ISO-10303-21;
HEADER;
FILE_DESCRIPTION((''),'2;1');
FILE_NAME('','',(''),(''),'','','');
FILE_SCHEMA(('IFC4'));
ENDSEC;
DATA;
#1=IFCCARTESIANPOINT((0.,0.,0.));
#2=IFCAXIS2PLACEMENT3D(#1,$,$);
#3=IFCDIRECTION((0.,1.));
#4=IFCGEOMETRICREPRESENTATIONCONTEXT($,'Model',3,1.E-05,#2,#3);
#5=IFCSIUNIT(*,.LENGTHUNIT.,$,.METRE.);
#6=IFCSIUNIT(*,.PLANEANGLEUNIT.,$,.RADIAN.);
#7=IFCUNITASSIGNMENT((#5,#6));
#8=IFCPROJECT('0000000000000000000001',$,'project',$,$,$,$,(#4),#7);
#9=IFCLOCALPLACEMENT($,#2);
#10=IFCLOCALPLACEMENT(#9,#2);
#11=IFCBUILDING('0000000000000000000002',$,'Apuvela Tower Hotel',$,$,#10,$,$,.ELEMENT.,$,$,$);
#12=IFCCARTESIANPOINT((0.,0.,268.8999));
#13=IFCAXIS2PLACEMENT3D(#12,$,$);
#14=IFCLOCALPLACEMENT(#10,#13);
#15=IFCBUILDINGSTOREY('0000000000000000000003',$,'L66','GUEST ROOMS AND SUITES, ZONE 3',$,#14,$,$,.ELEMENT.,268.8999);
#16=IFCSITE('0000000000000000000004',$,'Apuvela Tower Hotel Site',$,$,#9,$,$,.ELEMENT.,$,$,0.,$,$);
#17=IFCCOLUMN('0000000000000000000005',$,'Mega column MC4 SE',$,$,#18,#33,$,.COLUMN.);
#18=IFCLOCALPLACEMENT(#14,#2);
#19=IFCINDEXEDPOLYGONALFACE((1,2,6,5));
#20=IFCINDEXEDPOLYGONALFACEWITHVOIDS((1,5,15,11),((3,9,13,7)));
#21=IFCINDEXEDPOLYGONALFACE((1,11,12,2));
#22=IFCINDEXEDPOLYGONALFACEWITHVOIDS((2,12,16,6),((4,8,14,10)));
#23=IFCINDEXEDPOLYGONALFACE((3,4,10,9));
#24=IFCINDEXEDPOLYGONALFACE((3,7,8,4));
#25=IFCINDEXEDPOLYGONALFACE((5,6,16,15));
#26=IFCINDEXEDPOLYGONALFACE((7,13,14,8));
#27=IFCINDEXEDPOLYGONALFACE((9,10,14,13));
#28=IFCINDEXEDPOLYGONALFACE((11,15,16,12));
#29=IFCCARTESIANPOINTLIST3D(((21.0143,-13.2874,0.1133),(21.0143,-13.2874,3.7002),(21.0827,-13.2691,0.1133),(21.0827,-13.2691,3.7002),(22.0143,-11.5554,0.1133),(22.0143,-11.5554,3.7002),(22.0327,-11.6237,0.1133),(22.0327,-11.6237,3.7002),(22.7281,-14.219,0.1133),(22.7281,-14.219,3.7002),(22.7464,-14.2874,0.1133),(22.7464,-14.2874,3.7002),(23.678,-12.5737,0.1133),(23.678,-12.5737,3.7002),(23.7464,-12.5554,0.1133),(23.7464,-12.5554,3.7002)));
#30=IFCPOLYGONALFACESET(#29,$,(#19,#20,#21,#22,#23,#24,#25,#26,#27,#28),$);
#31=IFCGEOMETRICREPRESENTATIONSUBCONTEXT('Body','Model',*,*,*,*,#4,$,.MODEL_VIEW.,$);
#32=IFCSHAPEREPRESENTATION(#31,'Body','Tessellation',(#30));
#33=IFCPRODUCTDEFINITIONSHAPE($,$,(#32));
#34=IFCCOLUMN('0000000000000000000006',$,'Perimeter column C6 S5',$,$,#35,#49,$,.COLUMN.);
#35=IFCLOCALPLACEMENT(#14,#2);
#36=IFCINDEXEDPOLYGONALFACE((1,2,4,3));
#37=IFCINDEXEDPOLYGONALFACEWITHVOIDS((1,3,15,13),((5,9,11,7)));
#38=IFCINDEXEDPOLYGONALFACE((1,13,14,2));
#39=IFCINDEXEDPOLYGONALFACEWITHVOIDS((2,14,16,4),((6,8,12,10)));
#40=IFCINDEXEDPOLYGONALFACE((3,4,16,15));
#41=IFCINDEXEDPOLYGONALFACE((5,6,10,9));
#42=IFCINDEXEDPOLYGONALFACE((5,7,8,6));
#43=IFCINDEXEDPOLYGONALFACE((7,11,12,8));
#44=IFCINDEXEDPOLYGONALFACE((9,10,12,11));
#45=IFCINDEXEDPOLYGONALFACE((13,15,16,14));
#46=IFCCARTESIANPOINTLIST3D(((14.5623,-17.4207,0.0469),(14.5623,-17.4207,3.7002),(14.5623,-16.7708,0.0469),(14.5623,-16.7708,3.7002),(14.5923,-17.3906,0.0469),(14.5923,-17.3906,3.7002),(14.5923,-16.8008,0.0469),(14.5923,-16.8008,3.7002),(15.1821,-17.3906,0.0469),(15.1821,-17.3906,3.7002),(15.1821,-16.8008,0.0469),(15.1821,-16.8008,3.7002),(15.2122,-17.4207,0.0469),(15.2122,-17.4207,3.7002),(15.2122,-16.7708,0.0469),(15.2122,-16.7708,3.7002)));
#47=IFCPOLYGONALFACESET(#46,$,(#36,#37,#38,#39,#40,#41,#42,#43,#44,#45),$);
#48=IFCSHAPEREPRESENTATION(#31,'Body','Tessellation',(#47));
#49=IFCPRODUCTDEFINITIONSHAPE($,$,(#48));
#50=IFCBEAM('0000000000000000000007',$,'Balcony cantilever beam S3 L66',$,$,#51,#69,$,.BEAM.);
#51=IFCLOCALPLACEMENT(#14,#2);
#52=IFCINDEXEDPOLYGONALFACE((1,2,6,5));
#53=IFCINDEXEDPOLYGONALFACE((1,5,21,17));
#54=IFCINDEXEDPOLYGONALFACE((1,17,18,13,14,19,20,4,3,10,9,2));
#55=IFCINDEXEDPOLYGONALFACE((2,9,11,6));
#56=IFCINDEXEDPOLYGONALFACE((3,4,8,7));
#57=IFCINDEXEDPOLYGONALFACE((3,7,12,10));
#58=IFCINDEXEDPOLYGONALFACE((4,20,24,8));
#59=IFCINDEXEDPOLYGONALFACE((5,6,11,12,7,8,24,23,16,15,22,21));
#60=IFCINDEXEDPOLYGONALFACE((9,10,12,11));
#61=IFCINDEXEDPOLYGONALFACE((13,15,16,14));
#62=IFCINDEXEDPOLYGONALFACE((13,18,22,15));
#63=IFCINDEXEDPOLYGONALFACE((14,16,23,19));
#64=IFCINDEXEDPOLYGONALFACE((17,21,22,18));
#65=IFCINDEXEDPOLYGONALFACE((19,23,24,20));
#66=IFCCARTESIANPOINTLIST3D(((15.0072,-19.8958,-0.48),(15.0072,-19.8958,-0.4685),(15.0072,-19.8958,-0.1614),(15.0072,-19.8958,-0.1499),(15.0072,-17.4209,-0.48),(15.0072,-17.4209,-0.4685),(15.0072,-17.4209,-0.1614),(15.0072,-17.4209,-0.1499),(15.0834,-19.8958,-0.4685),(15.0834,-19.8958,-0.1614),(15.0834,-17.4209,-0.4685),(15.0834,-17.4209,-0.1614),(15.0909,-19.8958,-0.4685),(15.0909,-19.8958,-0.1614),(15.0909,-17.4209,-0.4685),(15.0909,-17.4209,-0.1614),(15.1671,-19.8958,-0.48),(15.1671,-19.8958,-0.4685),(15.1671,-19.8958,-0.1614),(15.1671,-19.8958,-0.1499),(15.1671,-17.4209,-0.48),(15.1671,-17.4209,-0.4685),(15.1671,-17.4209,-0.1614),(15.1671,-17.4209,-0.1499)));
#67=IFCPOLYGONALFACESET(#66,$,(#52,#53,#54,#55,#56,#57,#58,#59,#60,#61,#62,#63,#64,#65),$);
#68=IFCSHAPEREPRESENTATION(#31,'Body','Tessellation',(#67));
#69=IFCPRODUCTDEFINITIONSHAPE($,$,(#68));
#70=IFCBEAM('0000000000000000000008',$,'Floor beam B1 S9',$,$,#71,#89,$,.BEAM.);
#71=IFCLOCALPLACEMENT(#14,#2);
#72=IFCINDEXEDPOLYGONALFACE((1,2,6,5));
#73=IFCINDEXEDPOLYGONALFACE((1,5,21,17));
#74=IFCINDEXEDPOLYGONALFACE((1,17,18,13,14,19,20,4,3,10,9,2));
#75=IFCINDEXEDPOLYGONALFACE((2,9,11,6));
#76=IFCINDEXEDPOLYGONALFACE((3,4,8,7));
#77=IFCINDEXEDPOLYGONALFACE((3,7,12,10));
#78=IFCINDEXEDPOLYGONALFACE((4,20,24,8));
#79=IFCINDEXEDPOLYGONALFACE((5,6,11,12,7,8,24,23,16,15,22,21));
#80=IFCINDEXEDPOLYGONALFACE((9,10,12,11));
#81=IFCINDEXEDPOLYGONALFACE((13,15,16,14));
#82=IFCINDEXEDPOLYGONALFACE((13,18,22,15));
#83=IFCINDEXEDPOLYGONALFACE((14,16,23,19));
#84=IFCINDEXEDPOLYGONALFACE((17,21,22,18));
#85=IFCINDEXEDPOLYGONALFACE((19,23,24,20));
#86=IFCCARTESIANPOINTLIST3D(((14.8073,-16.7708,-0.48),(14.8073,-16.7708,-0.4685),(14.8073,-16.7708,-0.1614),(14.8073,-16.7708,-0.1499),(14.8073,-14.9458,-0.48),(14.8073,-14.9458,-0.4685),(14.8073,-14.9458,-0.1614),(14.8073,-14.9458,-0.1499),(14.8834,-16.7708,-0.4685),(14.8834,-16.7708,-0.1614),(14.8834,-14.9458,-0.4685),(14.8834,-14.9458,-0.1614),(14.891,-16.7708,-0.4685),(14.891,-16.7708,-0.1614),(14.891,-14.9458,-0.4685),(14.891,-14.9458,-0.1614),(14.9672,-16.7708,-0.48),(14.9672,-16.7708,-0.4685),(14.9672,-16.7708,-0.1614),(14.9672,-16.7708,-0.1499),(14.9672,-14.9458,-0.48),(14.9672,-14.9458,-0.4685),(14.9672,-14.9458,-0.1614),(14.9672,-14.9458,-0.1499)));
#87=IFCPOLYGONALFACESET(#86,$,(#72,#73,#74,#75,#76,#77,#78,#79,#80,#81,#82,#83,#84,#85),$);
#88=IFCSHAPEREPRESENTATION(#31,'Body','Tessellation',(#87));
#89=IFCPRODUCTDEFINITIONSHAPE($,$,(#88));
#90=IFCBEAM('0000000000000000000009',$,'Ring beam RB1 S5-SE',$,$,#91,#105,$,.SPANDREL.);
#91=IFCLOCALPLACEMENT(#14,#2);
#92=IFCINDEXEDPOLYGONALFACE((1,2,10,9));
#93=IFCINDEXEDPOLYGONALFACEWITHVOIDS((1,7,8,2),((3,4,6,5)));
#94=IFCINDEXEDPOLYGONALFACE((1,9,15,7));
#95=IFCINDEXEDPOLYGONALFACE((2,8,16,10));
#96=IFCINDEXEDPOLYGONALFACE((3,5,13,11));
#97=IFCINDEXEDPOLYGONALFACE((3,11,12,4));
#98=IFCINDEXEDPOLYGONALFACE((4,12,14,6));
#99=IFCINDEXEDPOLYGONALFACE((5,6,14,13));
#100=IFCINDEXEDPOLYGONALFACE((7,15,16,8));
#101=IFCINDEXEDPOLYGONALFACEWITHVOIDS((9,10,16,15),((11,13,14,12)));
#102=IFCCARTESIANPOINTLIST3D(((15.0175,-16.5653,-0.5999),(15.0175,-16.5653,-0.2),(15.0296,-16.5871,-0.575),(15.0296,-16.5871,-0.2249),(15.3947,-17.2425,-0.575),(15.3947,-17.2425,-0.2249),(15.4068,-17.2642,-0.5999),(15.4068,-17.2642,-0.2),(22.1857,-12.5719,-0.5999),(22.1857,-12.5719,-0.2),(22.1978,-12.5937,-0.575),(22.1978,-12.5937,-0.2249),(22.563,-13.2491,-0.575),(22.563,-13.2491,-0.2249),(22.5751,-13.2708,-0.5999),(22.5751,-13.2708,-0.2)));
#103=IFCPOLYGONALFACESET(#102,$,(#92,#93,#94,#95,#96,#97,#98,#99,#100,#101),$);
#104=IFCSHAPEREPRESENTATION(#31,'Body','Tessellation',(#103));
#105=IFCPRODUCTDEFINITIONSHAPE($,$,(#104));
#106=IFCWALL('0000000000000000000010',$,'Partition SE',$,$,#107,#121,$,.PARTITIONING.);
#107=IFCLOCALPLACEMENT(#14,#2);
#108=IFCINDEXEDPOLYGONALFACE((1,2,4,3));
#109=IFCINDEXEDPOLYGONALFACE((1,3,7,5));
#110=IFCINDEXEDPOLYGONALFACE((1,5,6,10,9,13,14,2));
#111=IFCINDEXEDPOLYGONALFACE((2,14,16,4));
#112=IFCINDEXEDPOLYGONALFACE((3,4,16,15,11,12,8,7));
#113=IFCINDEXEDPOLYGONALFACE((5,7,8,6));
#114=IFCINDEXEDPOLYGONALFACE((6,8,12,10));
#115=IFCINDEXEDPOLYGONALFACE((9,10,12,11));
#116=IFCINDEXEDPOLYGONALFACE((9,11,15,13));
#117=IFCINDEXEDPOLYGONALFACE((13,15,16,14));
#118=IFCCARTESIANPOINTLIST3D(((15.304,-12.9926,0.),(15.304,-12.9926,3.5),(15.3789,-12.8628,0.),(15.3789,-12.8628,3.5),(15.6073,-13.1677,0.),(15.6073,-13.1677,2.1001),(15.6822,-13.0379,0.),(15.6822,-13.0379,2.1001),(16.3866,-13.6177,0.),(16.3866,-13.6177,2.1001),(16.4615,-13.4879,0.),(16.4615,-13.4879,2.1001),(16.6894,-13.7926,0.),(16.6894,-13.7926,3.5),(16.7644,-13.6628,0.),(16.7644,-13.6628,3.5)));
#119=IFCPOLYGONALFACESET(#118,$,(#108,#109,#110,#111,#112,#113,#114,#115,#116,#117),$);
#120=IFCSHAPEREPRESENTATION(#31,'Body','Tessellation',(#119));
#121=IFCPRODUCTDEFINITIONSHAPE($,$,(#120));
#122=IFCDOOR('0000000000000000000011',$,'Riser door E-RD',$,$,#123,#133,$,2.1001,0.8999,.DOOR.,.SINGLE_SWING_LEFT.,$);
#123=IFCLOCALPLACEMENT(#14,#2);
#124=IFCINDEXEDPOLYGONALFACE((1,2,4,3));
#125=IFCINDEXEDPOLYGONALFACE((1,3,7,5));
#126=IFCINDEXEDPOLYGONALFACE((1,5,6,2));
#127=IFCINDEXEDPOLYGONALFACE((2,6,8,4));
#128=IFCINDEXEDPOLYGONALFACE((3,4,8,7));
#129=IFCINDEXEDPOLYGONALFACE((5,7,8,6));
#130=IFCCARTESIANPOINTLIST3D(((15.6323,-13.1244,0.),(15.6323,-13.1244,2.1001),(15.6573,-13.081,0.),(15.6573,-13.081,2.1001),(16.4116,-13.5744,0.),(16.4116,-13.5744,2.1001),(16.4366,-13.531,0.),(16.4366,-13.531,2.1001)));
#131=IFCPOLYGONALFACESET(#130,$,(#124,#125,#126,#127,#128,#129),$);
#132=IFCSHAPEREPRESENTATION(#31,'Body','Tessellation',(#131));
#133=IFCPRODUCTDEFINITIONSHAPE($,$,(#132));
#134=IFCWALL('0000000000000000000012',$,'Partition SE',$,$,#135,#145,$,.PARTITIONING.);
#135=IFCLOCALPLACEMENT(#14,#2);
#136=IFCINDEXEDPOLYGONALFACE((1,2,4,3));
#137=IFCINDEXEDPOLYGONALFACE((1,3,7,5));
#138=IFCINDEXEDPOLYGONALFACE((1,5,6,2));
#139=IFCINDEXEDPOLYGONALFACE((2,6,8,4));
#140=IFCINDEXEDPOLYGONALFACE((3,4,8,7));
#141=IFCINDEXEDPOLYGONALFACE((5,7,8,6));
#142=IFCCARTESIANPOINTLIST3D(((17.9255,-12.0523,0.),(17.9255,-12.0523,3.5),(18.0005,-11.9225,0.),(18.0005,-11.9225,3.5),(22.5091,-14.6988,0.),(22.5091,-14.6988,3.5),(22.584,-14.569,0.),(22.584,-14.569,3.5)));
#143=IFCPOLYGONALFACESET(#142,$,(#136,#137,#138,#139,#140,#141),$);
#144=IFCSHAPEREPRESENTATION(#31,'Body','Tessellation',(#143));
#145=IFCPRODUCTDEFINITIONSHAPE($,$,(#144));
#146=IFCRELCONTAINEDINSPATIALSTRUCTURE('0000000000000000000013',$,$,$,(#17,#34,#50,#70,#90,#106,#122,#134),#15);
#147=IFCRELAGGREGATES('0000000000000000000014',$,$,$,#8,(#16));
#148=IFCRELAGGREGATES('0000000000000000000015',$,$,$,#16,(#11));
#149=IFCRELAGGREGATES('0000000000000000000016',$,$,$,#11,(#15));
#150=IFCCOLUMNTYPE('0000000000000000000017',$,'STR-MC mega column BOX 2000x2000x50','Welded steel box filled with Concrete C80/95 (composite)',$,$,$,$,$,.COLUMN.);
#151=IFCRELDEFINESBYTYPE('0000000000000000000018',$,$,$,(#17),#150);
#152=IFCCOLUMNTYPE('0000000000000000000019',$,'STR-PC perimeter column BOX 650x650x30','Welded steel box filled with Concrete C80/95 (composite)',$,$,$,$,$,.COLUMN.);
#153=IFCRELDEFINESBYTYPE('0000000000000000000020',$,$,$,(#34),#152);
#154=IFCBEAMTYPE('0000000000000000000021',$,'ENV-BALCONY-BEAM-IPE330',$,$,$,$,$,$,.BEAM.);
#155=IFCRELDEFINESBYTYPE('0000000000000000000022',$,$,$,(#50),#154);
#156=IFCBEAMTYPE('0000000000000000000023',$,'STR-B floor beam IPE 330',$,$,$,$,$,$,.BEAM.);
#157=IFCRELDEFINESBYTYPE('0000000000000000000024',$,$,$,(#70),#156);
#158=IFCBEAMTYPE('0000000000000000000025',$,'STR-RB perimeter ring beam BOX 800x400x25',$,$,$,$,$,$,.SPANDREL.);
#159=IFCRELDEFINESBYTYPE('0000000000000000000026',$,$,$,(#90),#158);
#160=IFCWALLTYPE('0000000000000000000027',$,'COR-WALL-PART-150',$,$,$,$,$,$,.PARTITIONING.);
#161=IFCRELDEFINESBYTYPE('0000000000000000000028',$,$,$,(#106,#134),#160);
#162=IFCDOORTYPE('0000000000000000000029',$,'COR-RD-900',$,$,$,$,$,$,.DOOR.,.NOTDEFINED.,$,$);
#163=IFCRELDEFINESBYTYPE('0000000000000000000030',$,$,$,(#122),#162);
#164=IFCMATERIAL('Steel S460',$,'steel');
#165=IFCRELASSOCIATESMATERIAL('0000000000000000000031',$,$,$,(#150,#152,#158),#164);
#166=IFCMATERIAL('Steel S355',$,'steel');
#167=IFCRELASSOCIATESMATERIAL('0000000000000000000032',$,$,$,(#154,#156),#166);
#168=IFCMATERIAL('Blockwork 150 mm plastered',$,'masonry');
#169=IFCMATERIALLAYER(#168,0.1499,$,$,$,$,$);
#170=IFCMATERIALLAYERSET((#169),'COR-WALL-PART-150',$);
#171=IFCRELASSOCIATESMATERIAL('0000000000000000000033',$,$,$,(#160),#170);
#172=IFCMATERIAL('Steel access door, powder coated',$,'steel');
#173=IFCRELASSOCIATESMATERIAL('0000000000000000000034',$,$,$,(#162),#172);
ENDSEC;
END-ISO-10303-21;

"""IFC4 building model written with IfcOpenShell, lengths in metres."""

from ifc_helpers import new_model, si_unit, direction, frame, frame_2d, origin, origin_2d, place, context, subcontext, project, spatial, rectangle, hollow_rectangle, i_section, extrude, boolean, halfspace, material, layer, layer_set, material_profile, profile_set, type_object, element, fill, save


model = new_model("IFC4")

# Units and contexts
model_context = context("Model", 3, precision=1e-05, world=origin(), true_north=direction((0.0, 1.0)))
body_context = subcontext(model_context, "Body", "Model", "MODEL_VIEW")
ifc_project = project(units=[si_unit("LENGTHUNIT", "METRE"), si_unit("PLANEANGLEUNIT", "RADIAN")], contexts=[model_context])

# Site, building, storey
site_placement = place(None, origin())
site = spatial("IfcSite", under=ifc_project, at=site_placement, Name="Apuvela Tower Hotel Site", CompositionType="ELEMENT", RefElevation=0.0)
building_placement = place(site_placement, origin())
building = spatial("IfcBuilding", under=site, at=building_placement, Name="Apuvela Tower Hotel", CompositionType="ELEMENT")
storey_placement = place(building_placement, frame((0.0, 0.0, 268.8999)))
storey = spatial("IfcBuildingStorey", under=building, at=storey_placement, Name="L66", Description="GUEST ROOMS AND SUITES, ZONE 3", CompositionType="ELEMENT", Elevation=268.8999)

# Columns
ifc_material_1 = material(Name="Steel S460", Category="steel")
ifc_material_profile_1 = material_profile(ifc_material_1, hollow_rectangle(XDim=2.0, YDim=2.0, WallThickness=0.05, at=origin_2d()), Name="BOX 2000x2000x50")
ifc_material_2 = material(Name="Concrete C80/95", Category="concrete")
ifc_material_profile_2 = material_profile(ifc_material_2, rectangle(XDim=1.8999, YDim=1.8999, at=origin_2d()), Name="Concrete C80/95 infill")
ifc_profile_set_1 = profile_set([ifc_material_profile_1, ifc_material_profile_2], Name="Steel S460")
column_type_1 = type_object("IfcColumnType", Name="STR-MC mega column BOX 2000x2000x50", Description="Welded steel box filled with Concrete C80/95 (composite)", PredefinedType="COLUMN", material=ifc_profile_set_1)
column_1_placement = place(storey_placement, frame((22.3804, -12.9214, 0.0), z_axis=(0.0, 0.0, 1.0), x_axis=(0.5, 0.866025, 0.0)))
element("IfcColumn", 1, at=column_1_placement, inside=storey, type_object=column_type_1, Name="Mega column MC4 SE", PredefinedType="COLUMN", context=body_context, shape_type="SweptSolid", body=[
    boolean("DIFFERENCE", extrude(hollow_rectangle(XDim=2.0, YDim=2.0, WallThickness=0.05, at=origin_2d()), origin(), (0.0, 0.0, 1.0), 3.7002), halfspace(frame((0.0, 0.0, 0.1133), z_axis=(0.0, 0.0, 1.0), x_axis=(1.0, 0.0, 0.0)), True)),
])
ifc_material_profile_3 = material_profile(ifc_material_1, hollow_rectangle(XDim=0.6499, YDim=0.6499, WallThickness=0.03, at=origin_2d()), Name="BOX 650x650x30")
ifc_material_profile_4 = material_profile(ifc_material_2, rectangle(XDim=0.5901, YDim=0.5901, at=origin_2d()), Name="Concrete C80/95 infill")
ifc_profile_set_2 = profile_set([ifc_material_profile_3, ifc_material_profile_4], Name="Steel S460")
column_type_2 = type_object("IfcColumnType", Name="STR-PC perimeter column BOX 650x650x30", Description="Welded steel box filled with Concrete C80/95 (composite)", PredefinedType="COLUMN", material=ifc_profile_set_2)
column_2_placement = place(storey_placement, frame((14.8872, -17.0957, 0.0), z_axis=(0.0, 0.0, 1.0), x_axis=(-1.0, 0.0, 0.0)))
element("IfcColumn", 2, at=column_2_placement, inside=storey, type_object=column_type_2, Name="Perimeter column C6 S5", PredefinedType="COLUMN", context=body_context, shape_type="SweptSolid", body=[
    boolean("DIFFERENCE", extrude(hollow_rectangle(XDim=0.6499, YDim=0.6499, WallThickness=0.03, at=origin_2d()), origin(), (0.0, 0.0, 1.0), 3.7002), halfspace(frame((0.0, 0.0, 0.0469), z_axis=(0.0, 0.0, 1.0), x_axis=(1.0, 0.0, 0.0)), True)),
])

# Beams
ifc_material_3 = material(Name="Steel S355", Category="steel")
ifc_material_profile_5 = material_profile(ifc_material_3, i_section(OverallWidth=0.1599, OverallDepth=0.3301, WebThickness=0.0076, FlangeThickness=0.0115, at=origin_2d()), Name="IPE 330")
ifc_profile_set_3 = profile_set([ifc_material_profile_5], Name="Steel S355")
beam_type_1 = type_object("IfcBeamType", Name="ENV-BALCONY-BEAM-IPE330", PredefinedType="BEAM", material=ifc_profile_set_3)
beam_1_placement = place(storey_placement, frame((15.0872, -17.4209, -0.3149), z_axis=(0.0, -1.0, 0.0), x_axis=(1.0, 0.0, 0.0)))
element("IfcBeam", 3, at=beam_1_placement, inside=storey, type_object=beam_type_1, Name="Balcony cantilever beam S3 L66", PredefinedType="BEAM", context=body_context, shape_type="SweptSolid", body=[
    extrude(i_section(OverallWidth=0.1599, OverallDepth=0.3301, WebThickness=0.0076, FlangeThickness=0.0115, at=origin_2d()), origin(), (0.0, 0.0, 1.0), 2.4749),
])
ifc_material_profile_6 = material_profile(ifc_material_3, i_section(OverallWidth=0.1599, OverallDepth=0.3301, WebThickness=0.0076, FlangeThickness=0.0115, at=origin_2d()), Name="IPE 330")
ifc_profile_set_4 = profile_set([ifc_material_profile_6], Name="Steel S355")
beam_type_2 = type_object("IfcBeamType", Name="STR-B floor beam IPE 330", PredefinedType="BEAM", material=ifc_profile_set_4)
beam_2_placement = place(storey_placement, frame((14.8872, -16.7708, -0.3149), z_axis=(0.0, 1.0, 0.0), x_axis=(-1.0, 0.0, 0.0)))
element("IfcBeam", 4, at=beam_2_placement, inside=storey, type_object=beam_type_2, Name="Floor beam B1 S9", PredefinedType="BEAM", context=body_context, shape_type="SweptSolid", body=[
    extrude(i_section(OverallWidth=0.1599, OverallDepth=0.3301, WebThickness=0.0076, FlangeThickness=0.0115, at=origin_2d()), origin(), (0.0, 0.0, 1.0), 1.825),
])
ifc_material_profile_7 = material_profile(ifc_material_1, hollow_rectangle(XDim=0.8, YDim=0.3999, WallThickness=0.0249, at=origin_2d()), Name="BOX 800x400x25")
ifc_profile_set_5 = profile_set([ifc_material_profile_7], Name="Steel S460")
beam_type_3 = type_object("IfcBeamType", Name="STR-RB perimeter ring beam BOX 800x400x25", PredefinedType="SPANDREL", material=ifc_profile_set_5)
beam_3_placement = place(storey_placement, frame((15.2122, -16.9148, -0.3999), z_axis=(0.873584, 0.486673, 0.0), x_axis=(-0.486673, 0.873584, 0.0)))
element("IfcBeam", 5, at=beam_3_placement, inside=storey, type_object=beam_type_3, Name="Ring beam RB1 S5-SE", PredefinedType="SPANDREL", context=body_context, shape_type="SweptSolid", body=[
    extrude(hollow_rectangle(XDim=0.8, YDim=0.3999, WallThickness=0.0249, at=origin_2d()), origin(), (0.0, 0.0, 1.0), 8.2056),
])

# Wall, opening, door
ifc_material_4 = material(Name="Blockwork 150 mm plastered", Category="masonry")
ifc_layer_1 = layer(ifc_material_4, 0.1499)
ifc_layer_set_1 = layer_set([ifc_layer_1], Name="COR-WALL-PART-150")
wall_type_1 = type_object("IfcWallType", Name="COR-WALL-PART-150", PredefinedType="PARTITIONING", material=ifc_layer_set_1)
wall_1_placement = place(storey_placement, frame((15.3416, -12.9277, 0.0), z_axis=(0.0, 0.0, 1.0), x_axis=(0.86599, -0.500061, 0.0)))
wall_1 = element("IfcWall", 6, at=wall_1_placement, inside=storey, type_object=wall_type_1, Name="Partition SE", PredefinedType="PARTITIONING", context=body_context, shape_type="SweptSolid", body=[
    extrude(rectangle(XDim=1.5999, YDim=0.1499, at=frame_2d((0.7998, 0.0))), origin(), (0.0, 0.0, 1.0), 3.5),
])
opening_1_placement = place(wall_1_placement, frame((0.3501, 0.0, 0.0)))
opening_1 = element("IfcOpeningElement", 7, at=opening_1_placement, cuts=wall_1, PredefinedType="OPENING", context=body_context, shape_type="SweptSolid", body=[
    extrude(rectangle(XDim=0.8999, YDim=2.1001, at=frame_2d((0.45, 1.05))), frame((0.0, 0.085, 0.0), z_axis=(0.0, -1.0, 0.0), x_axis=(1.0, 0.0, 0.0)), (0.0, 0.0, 1.0), 0.1699),
])
ifc_material_5 = material(Name="Steel access door, powder coated", Category="steel")
door_type_1 = type_object("IfcDoorType", Name="COR-RD-900", OperationType="NOTDEFINED", PredefinedType="DOOR", material=ifc_material_5)
door_1_placement = place(opening_1_placement, frame((0.8999, 0.0, 0.0), z_axis=(0.0, 0.0, 1.0), x_axis=(-1.0, 0.0, 0.0)))
door_1 = element("IfcDoor", 8, at=door_1_placement, inside=storey, type_object=door_type_1, Name="Riser door E-RD", OperationType="SINGLE_SWING_LEFT", OverallHeight=2.1001, OverallWidth=0.8999, PredefinedType="DOOR", context=body_context, shape_type="SweptSolid", body=[
    extrude(rectangle(XDim=0.8999, YDim=2.1001, at=frame_2d((0.45, 1.05))), frame((0.0, 0.0249, 0.0), z_axis=(0.0, -1.0, 0.0), x_axis=(1.0, 0.0, 0.0)), (0.0, 0.0, 1.0), 0.05),
])
fill(opening_1, door_1)

# Wall
wall_2_placement = place(storey_placement, frame((17.9629, -11.9873, 0.0), z_axis=(0.0, 0.0, 1.0), x_axis=(0.866009, -0.500029, 0.0)))
element("IfcWall", 9, at=wall_2_placement, inside=storey, type_object=wall_type_1, Name="Partition SE", PredefinedType="PARTITIONING", context=body_context, shape_type="SweptSolid", body=[
    extrude(rectangle(XDim=5.2927, YDim=0.1499, at=frame_2d((2.6465, 0.0))), origin(), (0.0, 0.0, 1.0), 3.5),
])

save(model, "model.ifc")
